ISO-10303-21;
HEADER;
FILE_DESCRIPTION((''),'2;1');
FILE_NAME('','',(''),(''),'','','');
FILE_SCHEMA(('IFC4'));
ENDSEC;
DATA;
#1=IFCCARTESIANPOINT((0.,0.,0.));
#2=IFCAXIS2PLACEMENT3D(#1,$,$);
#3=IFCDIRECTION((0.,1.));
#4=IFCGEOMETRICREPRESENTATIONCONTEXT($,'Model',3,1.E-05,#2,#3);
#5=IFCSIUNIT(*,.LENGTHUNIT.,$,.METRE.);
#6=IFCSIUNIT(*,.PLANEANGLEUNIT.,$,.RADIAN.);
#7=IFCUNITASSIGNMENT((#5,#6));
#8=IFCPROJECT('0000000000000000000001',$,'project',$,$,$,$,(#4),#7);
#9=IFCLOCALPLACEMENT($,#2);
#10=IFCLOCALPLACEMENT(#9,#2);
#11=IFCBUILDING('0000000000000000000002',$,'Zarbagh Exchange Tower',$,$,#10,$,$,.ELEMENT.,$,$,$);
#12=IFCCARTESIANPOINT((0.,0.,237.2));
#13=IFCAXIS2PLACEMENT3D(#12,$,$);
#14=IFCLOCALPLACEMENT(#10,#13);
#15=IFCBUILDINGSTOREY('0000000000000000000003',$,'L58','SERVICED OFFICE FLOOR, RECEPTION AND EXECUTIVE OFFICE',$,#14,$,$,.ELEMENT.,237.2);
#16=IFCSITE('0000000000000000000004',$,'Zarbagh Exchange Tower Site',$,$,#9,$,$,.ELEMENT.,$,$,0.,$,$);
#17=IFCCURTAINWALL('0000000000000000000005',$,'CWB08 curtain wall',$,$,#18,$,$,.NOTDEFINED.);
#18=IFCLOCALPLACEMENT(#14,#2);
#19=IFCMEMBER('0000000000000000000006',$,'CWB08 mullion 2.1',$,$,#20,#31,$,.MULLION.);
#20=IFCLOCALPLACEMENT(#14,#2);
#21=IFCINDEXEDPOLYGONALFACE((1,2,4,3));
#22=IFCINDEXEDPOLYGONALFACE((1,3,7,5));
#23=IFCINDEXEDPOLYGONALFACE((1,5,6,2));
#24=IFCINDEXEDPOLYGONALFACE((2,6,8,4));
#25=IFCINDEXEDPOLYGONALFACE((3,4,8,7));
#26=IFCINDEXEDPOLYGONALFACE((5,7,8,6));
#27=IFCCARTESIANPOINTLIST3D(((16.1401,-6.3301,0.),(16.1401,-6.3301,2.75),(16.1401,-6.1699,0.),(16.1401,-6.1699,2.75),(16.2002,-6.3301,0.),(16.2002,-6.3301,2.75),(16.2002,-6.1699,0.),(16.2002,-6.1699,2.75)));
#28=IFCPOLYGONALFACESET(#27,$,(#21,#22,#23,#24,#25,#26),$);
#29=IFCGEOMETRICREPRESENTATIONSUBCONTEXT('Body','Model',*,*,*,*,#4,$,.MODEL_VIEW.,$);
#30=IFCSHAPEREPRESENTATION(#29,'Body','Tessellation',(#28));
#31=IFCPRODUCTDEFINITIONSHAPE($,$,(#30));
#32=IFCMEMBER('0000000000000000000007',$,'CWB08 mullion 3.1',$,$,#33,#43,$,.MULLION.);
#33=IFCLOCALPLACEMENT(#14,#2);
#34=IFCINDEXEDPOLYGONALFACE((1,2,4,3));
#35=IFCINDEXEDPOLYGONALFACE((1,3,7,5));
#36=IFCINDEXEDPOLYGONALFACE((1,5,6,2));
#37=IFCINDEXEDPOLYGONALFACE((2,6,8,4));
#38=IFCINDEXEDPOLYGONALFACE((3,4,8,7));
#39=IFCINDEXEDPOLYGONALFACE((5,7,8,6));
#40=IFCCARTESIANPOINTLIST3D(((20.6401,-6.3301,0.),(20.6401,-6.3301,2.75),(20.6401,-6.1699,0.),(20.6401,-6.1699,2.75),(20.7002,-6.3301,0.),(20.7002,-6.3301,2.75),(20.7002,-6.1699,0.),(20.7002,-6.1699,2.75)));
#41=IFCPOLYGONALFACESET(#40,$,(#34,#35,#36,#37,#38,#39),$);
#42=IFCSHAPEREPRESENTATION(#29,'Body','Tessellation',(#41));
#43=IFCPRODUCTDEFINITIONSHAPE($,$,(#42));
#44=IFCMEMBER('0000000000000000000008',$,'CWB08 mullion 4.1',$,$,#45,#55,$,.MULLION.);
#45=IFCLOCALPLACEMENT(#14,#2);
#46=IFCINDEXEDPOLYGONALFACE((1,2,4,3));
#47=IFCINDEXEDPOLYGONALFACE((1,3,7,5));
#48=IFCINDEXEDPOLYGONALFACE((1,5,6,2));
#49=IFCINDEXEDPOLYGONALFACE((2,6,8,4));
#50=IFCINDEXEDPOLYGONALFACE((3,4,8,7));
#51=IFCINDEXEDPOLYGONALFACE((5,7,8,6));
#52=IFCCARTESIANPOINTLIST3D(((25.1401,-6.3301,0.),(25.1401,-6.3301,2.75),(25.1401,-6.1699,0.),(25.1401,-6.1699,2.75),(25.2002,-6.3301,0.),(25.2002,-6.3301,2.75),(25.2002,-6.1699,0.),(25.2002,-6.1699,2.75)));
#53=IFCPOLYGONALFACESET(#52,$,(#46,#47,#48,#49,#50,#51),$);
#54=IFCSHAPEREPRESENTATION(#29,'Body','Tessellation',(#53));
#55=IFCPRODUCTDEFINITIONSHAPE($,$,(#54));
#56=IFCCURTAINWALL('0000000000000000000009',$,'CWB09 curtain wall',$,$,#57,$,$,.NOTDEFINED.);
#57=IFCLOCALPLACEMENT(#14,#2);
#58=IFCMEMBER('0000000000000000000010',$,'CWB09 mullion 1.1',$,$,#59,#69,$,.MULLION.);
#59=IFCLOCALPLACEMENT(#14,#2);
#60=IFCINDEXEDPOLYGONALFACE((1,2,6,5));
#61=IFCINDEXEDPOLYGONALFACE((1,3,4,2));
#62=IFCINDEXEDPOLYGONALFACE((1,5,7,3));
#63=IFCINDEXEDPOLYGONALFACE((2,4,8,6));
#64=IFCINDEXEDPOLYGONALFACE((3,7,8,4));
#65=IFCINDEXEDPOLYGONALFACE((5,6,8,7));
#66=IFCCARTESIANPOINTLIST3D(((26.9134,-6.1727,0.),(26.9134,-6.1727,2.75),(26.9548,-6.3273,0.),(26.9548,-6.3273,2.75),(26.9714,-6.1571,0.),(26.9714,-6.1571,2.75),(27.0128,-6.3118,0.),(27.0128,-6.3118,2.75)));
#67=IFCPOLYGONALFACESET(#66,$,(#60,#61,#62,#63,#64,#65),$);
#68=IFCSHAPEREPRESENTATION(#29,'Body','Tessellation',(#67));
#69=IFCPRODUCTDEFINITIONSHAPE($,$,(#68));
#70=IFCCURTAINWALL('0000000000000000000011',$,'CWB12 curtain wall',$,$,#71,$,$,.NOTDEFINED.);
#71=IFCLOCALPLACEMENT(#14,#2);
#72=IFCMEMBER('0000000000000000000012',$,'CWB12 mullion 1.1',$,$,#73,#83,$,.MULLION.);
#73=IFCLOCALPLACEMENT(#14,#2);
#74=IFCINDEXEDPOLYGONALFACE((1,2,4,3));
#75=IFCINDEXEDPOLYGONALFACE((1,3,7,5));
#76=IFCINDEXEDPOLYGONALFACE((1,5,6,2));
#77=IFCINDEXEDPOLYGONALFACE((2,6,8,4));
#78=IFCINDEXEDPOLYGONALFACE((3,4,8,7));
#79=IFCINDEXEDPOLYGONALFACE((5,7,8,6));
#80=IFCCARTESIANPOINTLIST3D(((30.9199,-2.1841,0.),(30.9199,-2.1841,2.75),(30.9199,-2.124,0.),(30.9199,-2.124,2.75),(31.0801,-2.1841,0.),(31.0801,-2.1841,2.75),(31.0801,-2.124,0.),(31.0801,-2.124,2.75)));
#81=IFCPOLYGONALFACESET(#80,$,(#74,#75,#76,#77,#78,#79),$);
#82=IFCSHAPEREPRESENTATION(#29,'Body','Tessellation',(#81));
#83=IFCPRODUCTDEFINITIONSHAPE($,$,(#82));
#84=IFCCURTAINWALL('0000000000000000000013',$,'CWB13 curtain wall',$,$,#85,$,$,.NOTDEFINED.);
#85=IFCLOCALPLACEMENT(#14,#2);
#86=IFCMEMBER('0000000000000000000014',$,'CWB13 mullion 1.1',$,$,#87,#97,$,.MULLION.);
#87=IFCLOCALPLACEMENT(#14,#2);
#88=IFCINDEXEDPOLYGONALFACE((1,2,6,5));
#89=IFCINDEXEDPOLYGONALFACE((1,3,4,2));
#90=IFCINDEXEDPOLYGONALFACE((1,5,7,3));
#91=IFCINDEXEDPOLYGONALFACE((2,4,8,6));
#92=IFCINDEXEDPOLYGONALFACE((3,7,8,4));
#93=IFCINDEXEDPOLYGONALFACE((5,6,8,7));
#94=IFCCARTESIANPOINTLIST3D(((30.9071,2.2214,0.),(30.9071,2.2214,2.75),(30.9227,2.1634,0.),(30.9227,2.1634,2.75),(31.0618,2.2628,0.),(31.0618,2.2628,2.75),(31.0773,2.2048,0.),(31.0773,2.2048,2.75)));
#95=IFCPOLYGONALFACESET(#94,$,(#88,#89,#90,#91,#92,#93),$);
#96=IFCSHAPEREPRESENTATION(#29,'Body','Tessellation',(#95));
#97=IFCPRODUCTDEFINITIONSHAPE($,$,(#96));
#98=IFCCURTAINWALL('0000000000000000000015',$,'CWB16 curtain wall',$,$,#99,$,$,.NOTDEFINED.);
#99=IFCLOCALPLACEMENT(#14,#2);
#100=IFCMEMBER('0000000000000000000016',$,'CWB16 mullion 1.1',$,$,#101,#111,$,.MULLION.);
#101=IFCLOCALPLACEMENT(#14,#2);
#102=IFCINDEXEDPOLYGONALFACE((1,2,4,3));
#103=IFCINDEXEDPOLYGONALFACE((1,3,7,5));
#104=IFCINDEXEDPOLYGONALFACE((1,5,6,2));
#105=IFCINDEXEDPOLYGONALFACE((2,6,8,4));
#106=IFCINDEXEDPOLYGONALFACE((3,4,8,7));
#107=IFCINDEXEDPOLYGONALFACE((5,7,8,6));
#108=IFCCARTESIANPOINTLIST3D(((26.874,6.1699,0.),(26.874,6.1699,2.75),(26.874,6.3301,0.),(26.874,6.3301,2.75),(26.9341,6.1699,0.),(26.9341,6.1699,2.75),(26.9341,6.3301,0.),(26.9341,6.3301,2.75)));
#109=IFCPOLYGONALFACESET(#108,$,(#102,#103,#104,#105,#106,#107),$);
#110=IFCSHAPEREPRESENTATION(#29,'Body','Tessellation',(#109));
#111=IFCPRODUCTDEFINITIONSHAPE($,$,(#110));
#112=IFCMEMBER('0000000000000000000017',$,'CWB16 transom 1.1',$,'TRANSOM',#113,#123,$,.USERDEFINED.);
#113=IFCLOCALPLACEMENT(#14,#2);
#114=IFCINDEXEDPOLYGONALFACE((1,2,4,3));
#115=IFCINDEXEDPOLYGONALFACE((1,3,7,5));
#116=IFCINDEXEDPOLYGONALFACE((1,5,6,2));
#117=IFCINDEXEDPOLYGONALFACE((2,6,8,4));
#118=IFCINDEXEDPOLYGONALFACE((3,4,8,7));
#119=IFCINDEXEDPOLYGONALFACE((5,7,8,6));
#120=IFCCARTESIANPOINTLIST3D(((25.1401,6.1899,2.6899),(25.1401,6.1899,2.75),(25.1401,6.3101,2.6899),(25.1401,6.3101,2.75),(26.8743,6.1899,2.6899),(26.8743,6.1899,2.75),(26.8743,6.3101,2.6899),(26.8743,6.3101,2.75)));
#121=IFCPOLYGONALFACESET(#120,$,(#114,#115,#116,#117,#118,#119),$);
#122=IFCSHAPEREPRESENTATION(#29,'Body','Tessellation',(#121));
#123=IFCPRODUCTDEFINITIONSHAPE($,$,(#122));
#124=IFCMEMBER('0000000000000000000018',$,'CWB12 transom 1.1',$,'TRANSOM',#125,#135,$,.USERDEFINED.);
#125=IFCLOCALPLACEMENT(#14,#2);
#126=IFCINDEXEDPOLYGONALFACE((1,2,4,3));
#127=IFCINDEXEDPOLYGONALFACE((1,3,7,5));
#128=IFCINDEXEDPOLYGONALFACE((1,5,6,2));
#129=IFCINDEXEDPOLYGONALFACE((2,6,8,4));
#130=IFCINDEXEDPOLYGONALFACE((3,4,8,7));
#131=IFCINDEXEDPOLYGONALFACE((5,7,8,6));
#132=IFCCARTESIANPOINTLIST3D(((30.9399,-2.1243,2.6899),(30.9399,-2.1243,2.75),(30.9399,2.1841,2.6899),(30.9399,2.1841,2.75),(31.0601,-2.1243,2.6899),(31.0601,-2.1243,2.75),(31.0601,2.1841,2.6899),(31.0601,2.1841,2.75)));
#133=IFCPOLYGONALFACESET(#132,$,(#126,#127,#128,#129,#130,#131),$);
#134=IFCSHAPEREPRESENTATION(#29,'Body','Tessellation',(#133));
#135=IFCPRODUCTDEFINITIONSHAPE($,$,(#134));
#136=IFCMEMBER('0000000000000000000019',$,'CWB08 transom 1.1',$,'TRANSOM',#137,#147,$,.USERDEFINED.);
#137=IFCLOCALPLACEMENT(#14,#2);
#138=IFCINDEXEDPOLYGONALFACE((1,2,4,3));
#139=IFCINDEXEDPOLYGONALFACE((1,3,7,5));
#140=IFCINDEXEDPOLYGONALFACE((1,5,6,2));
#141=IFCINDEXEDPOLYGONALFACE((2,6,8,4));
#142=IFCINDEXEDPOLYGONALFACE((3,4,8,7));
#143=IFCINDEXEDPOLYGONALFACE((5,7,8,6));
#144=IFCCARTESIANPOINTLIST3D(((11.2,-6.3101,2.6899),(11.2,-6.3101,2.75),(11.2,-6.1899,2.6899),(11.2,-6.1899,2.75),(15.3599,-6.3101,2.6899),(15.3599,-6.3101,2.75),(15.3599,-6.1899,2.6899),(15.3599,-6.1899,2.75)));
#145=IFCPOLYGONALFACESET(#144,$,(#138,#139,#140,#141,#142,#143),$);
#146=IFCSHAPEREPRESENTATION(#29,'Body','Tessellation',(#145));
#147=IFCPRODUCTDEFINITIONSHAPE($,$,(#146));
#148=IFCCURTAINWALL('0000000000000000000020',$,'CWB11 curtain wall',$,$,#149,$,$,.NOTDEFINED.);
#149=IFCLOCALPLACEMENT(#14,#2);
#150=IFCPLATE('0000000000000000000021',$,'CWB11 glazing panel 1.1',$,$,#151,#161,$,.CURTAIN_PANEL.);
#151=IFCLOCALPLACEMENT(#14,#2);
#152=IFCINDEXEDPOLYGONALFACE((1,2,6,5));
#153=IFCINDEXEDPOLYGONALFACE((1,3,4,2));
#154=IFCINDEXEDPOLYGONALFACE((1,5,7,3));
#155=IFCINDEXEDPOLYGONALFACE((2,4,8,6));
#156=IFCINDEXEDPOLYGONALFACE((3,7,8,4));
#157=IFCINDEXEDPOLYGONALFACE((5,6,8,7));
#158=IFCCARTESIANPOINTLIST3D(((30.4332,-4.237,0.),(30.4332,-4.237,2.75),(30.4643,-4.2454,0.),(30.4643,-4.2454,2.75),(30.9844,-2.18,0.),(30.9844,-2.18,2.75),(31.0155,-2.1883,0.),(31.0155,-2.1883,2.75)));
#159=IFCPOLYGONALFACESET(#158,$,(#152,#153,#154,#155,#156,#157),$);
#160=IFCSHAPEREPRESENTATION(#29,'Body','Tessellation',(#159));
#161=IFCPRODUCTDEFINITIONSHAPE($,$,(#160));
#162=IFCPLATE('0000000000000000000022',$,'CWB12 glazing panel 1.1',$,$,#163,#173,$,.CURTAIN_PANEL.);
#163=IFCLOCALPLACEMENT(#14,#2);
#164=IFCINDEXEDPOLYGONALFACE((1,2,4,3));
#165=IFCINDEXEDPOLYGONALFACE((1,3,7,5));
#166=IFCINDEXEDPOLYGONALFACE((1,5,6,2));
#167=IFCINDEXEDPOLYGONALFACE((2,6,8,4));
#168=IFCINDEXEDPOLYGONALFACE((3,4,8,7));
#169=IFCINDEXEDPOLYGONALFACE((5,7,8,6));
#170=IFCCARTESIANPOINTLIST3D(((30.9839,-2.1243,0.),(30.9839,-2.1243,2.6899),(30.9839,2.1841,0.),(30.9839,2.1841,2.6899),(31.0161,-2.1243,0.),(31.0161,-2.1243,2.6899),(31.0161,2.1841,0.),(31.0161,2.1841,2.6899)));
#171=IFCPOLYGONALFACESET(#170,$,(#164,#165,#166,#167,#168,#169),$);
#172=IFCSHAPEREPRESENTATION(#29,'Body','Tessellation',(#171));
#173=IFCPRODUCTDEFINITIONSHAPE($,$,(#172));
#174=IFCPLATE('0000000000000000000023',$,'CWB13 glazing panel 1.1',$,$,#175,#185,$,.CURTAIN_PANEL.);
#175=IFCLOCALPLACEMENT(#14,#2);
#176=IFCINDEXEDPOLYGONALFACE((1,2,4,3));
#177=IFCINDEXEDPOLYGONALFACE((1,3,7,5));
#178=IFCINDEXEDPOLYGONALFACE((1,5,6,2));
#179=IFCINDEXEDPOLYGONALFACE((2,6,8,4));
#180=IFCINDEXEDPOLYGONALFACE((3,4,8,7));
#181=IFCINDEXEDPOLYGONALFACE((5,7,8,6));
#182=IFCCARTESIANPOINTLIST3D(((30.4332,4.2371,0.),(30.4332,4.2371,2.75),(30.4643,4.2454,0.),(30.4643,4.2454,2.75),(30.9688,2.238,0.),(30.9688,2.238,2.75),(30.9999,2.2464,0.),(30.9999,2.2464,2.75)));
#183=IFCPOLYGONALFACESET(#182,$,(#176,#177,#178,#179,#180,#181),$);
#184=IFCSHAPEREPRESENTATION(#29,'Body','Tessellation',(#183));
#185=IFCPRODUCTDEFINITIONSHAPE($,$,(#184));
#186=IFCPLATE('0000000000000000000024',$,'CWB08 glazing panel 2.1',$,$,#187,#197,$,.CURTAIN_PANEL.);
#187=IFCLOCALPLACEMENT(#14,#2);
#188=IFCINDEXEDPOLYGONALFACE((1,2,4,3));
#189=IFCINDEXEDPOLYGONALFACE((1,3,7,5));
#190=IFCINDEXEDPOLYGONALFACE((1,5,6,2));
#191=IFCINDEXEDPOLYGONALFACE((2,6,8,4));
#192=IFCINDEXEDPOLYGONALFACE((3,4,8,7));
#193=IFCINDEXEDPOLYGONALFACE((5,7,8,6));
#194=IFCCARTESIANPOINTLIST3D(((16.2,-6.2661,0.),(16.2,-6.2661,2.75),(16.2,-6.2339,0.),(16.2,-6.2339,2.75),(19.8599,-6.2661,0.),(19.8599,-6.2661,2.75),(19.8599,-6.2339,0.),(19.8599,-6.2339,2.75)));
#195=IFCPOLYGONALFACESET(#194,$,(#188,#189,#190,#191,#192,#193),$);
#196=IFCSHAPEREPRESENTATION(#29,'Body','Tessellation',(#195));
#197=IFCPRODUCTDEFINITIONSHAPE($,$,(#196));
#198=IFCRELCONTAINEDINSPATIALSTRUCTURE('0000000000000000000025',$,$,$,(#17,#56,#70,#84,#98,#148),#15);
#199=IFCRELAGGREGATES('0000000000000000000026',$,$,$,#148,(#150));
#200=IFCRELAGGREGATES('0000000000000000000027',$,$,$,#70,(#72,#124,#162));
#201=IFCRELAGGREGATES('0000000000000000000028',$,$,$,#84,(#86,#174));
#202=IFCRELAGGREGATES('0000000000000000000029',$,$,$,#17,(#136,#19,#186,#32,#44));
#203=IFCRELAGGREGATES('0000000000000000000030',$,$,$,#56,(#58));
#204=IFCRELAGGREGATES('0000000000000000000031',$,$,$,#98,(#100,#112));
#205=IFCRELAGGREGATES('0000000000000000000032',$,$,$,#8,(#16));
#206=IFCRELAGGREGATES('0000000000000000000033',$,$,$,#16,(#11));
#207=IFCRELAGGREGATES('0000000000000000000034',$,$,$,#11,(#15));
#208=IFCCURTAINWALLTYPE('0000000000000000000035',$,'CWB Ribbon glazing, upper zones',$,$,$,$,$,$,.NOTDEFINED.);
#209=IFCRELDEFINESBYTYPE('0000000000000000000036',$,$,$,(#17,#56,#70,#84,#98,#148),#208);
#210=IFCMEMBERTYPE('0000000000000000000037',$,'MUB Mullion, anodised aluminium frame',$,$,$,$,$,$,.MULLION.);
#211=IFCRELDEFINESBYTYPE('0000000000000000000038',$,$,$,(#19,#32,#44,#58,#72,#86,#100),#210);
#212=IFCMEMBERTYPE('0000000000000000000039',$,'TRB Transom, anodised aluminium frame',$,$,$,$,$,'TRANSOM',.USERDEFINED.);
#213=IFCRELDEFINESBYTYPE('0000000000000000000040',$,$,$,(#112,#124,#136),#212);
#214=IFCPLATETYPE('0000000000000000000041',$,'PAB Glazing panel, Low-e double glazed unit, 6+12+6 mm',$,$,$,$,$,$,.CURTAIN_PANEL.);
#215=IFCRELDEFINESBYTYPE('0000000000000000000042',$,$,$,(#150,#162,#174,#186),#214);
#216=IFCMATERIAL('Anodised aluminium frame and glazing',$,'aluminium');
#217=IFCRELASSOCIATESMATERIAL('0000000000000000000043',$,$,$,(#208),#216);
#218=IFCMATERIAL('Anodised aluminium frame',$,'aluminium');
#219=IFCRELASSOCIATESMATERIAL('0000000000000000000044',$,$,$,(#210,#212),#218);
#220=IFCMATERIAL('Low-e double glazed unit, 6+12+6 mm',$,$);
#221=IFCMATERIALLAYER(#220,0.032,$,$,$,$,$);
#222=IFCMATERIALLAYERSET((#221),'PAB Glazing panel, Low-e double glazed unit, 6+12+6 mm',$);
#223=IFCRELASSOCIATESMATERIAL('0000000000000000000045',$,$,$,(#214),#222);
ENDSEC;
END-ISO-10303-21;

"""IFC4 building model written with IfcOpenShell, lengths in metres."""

from ifc_helpers import new_model, si_unit, direction, frame, origin, place, context, subcontext, project, spatial, polyline, outline, extrude, source, transform, mapped, material, layer, layer_set, type_object, element, aggregate, save


model = new_model("IFC4")

# Units and contexts
model_context = context("Model", 3, precision=1e-05, world=origin(), true_north=direction((0.0, 1.0)))
body_context = subcontext(model_context, "Body", "Model", "MODEL_VIEW")
ifc_project = project(units=[si_unit("LENGTHUNIT", "METRE"), si_unit("PLANEANGLEUNIT", "RADIAN")], contexts=[model_context])

# Site, building, storey
site_placement = place(None, origin())
site = spatial("IfcSite", under=ifc_project, at=site_placement, Name="Zarbagh Exchange Tower Site", CompositionType="ELEMENT", RefElevation=0.0)
building_placement = place(site_placement, origin())
building = spatial("IfcBuilding", under=site, at=building_placement, Name="Zarbagh Exchange Tower", CompositionType="ELEMENT")
storey_placement = place(building_placement, frame((0.0, 0.0, 237.2)))
storey = spatial("IfcBuildingStorey", under=building, at=storey_placement, Name="L58", Description="SERVICED OFFICE FLOOR, RECEPTION AND EXECUTIVE OFFICE", CompositionType="ELEMENT", Elevation=237.2)

# Curtain wall, members
ifc_material_1 = material(Name="Anodised aluminium frame and glazing", Category="aluminium")
curtain_wall_type = type_object("IfcCurtainWallType", Name="CWB Ribbon glazing, upper zones", PredefinedType="NOTDEFINED", material=ifc_material_1)
curtain_wall_1_placement = place(storey_placement, origin())
curtain_wall_1 = element("IfcCurtainWall", 1, at=curtain_wall_1_placement, inside=storey, type_object=curtain_wall_type, Name="CWB08 curtain wall", PredefinedType="NOTDEFINED")
ifc_material_2 = material(Name="Anodised aluminium frame", Category="aluminium")
member_type_1 = type_object("IfcMemberType", Name="MUB Mullion, anodised aluminium frame", PredefinedType="MULLION", material=ifc_material_2)
shared_shape_1 = source(origin(), body_context, "Body", "SweptSolid", [
    extrude(outline(polyline([(0.0, -0.0801), (0.0601, -0.0801), (0.0601, 0.0801), (0.0, 0.0801), (0.0, -0.0801)])), origin(), (0.0, 0.0, 1.0), 2.75),
])
placement = place(storey_placement, origin())
member_1 = element("IfcMember", 2, at=placement, type_object=member_type_1, Name="CWB08 mullion 2.1", PredefinedType="MULLION", context=body_context, shape_type="MappedRepresentation", body=[
    mapped(shared_shape_1, transform((16.1401, -6.25, 0.0), x_axis=(1.0, 0.0, 0.0), y_axis=(0.0, 1.0, 0.0), z_axis=(0.0, 0.0, 1.0))),
])
member_2 = element("IfcMember", 3, at=placement, type_object=member_type_1, Name="CWB08 mullion 3.1", PredefinedType="MULLION", context=body_context, shape_type="MappedRepresentation", body=[
    mapped(shared_shape_1, transform((20.6401, -6.25, 0.0), x_axis=(1.0, 0.0, 0.0), y_axis=(0.0, 1.0, 0.0), z_axis=(0.0, 0.0, 1.0))),
])
member_3 = element("IfcMember", 4, at=placement, type_object=member_type_1, Name="CWB08 mullion 4.1", PredefinedType="MULLION", context=body_context, shape_type="MappedRepresentation", body=[
    mapped(shared_shape_1, transform((25.1401, -6.25, 0.0), x_axis=(1.0, 0.0, 0.0), y_axis=(0.0, 1.0, 0.0), z_axis=(0.0, 0.0, 1.0))),
])

# Curtain walls, members
curtain_wall_2_placement = place(storey_placement, origin())
curtain_wall_2 = element("IfcCurtainWall", 5, at=curtain_wall_2_placement, inside=storey, type_object=curtain_wall_type, Name="CWB09 curtain wall", PredefinedType="NOTDEFINED")
member_4 = element("IfcMember", 6, at=placement, type_object=member_type_1, Name="CWB09 mullion 1.1", PredefinedType="MULLION", context=body_context, shape_type="MappedRepresentation", body=[
    mapped(shared_shape_1, transform((26.9341, -6.25, 0.0), x_axis=(0.965924, 0.258825, 0.0), y_axis=(-0.258825, 0.965924, 0.0), z_axis=(0.0, 0.0, 1.0))),
])
curtain_wall_3_placement = place(storey_placement, origin())
curtain_wall_3 = element("IfcCurtainWall", 7, at=curtain_wall_3_placement, inside=storey, type_object=curtain_wall_type, Name="CWB12 curtain wall", PredefinedType="NOTDEFINED")
member_5 = element("IfcMember", 8, at=placement, type_object=member_type_1, Name="CWB12 mullion 1.1", PredefinedType="MULLION", context=body_context, shape_type="MappedRepresentation", body=[
    mapped(shared_shape_1, transform((31.0, -2.1841, 0.0), x_axis=(0.0, 1.0, 0.0), y_axis=(-1.0, 0.0, 0.0), z_axis=(0.0, 0.0, 1.0))),
])
curtain_wall_4_placement = place(storey_placement, origin())
curtain_wall_4 = element("IfcCurtainWall", 9, at=curtain_wall_4_placement, inside=storey, type_object=curtain_wall_type, Name="CWB13 curtain wall", PredefinedType="NOTDEFINED")
member_6 = element("IfcMember", 10, at=placement, type_object=member_type_1, Name="CWB13 mullion 1.1", PredefinedType="MULLION", context=body_context, shape_type="MappedRepresentation", body=[
    mapped(shared_shape_1, transform((31.0, 2.1841, 0.0), x_axis=(-0.258825, 0.965924, 0.0), y_axis=(-0.965924, -0.258825, 0.0), z_axis=(0.0, 0.0, 1.0))),
])

# Curtain wall, members
curtain_wall_5_placement = place(storey_placement, origin())
curtain_wall_5 = element("IfcCurtainWall", 11, at=curtain_wall_5_placement, inside=storey, type_object=curtain_wall_type, Name="CWB16 curtain wall", PredefinedType="NOTDEFINED")
member_7 = element("IfcMember", 12, at=placement, type_object=member_type_1, Name="CWB16 mullion 1.1", PredefinedType="MULLION", context=body_context, shape_type="MappedRepresentation", body=[
    mapped(shared_shape_1, transform((26.9341, 6.25, 0.0), x_axis=(-1.0, 0.0, 0.0), y_axis=(0.0, -1.0, 0.0), z_axis=(0.0, 0.0, 1.0))),
])
member_type_2 = type_object("IfcMemberType", Name="TRB Transom, anodised aluminium frame", ElementType="TRANSOM", PredefinedType="USERDEFINED", material=ifc_material_2)
shared_shape_2 = source(origin(), body_context, "Body", "SweptSolid", [
    extrude(outline(polyline([(-0.0601, -0.0601), (0.0, -0.0601), (0.0, 0.0601), (-0.0601, 0.0601), (-0.0601, -0.0601)])), origin(), (0.0, 0.0, 1.0), 1.7341),
])
member_8 = element("IfcMember", 13, at=placement, type_object=member_type_2, Name="CWB16 transom 1.1", ObjectType="TRANSOM", PredefinedType="USERDEFINED", context=body_context, shape_type="MappedRepresentation", body=[
    mapped(shared_shape_2, transform((26.8743, 6.25, 2.75), x_axis=(0.0, 0.0, 1.0), y_axis=(0.0, 1.0, 0.0), z_axis=(-1.0, 0.0, 0.0))),
])

# Members
shared_shape_3 = source(origin(), body_context, "Body", "SweptSolid", [
    extrude(outline(polyline([(-0.0601, -0.0601), (0.0, -0.0601), (0.0, 0.0601), (-0.0601, 0.0601), (-0.0601, -0.0601)])), origin(), (0.0, 0.0, 1.0), 4.3083),
])
member_9 = element("IfcMember", 14, at=placement, type_object=member_type_2, Name="CWB12 transom 1.1", ObjectType="TRANSOM", PredefinedType="USERDEFINED", context=body_context, shape_type="MappedRepresentation", body=[
    mapped(shared_shape_3, transform((31.0, -2.1243, 2.75), x_axis=(0.0, 0.0, 1.0), y_axis=(1.0, 0.0, 0.0), z_axis=(0.0, 1.0, 0.0))),
])
shared_shape_4 = source(origin(), body_context, "Body", "SweptSolid", [
    extrude(outline(polyline([(-0.0601, -0.0601), (0.0, -0.0601), (0.0, 0.0601), (-0.0601, 0.0601), (-0.0601, -0.0601)])), origin(), (0.0, 0.0, 1.0), 4.1599),
])
member_10 = element("IfcMember", 15, at=placement, type_object=member_type_2, Name="CWB08 transom 1.1", ObjectType="TRANSOM", PredefinedType="USERDEFINED", context=body_context, shape_type="MappedRepresentation", body=[
    mapped(shared_shape_4, transform((11.2, -6.25, 2.75), x_axis=(0.0, 0.0, 1.0), y_axis=(0.0, -1.0, 0.0), z_axis=(1.0, 0.0, 0.0))),
])

# Curtain wall, plate
curtain_wall_6_placement = place(storey_placement, origin())
curtain_wall_6 = element("IfcCurtainWall", 16, at=curtain_wall_6_placement, inside=storey, type_object=curtain_wall_type, Name="CWB11 curtain wall", PredefinedType="NOTDEFINED")
ifc_material_3 = material(Name="Low-e double glazed unit, 6+12+6 mm")
ifc_layer = layer(ifc_material_3, 0.032)
ifc_layer_set = layer_set([ifc_layer], Name="PAB Glazing panel, Low-e double glazed unit, 6+12+6 mm")
plate_type = type_object("IfcPlateType", Name="PAB Glazing panel, Low-e double glazed unit, 6+12+6 mm", PredefinedType="CURTAIN_PANEL", material=ifc_layer_set)
shared_shape_5 = source(origin(), body_context, "Body", "SweptSolid", [
    extrude(outline(polyline([(0.0, -0.0161), (2.1296, -0.0161), (2.1296, 0.0161), (0.0, 0.0161), (0.0, -0.0161)])), origin(), (0.0, 0.0, 1.0), 2.75),
])
plate_1 = element("IfcPlate", 17, at=placement, type_object=plate_type, Name="CWB11 glazing panel 1.1", PredefinedType="CURTAIN_PANEL", context=body_context, shape_type="MappedRepresentation", body=[
    mapped(shared_shape_5, transform((30.4487, -4.2412, 0.0), x_axis=(0.258825, 0.965924, 0.0), y_axis=(-0.965924, 0.258825, 0.0), z_axis=(0.0, 0.0, 1.0))),
])
aggregate(curtain_wall_6, [plate_1])

# Plates
shared_shape_6 = source(origin(), body_context, "Body", "SweptSolid", [
    extrude(outline(polyline([(0.0, -0.0161), (4.3083, -0.0161), (4.3083, 0.0161), (0.0, 0.0161), (0.0, -0.0161)])), origin(), (0.0, 0.0, 1.0), 2.6899),
])
plate_2 = element("IfcPlate", 18, at=placement, type_object=plate_type, Name="CWB12 glazing panel 1.1", PredefinedType="CURTAIN_PANEL", context=body_context, shape_type="MappedRepresentation", body=[
    mapped(shared_shape_6, transform((31.0, -2.1243, 0.0), x_axis=(0.0, 1.0, 0.0), y_axis=(-1.0, 0.0, 0.0), z_axis=(0.0, 0.0, 1.0))),
])
aggregate(curtain_wall_3, [member_5, member_9, plate_2])
shared_shape_7 = source(origin(), body_context, "Body", "SweptSolid", [
    extrude(outline(polyline([(0.0, -0.0161), (2.0696, -0.0161), (2.0696, 0.0161), (0.0, 0.0161), (0.0, -0.0161)])), origin(), (0.0, 0.0, 1.0), 2.75),
])
plate_3 = element("IfcPlate", 19, at=placement, type_object=plate_type, Name="CWB13 glazing panel 1.1", PredefinedType="CURTAIN_PANEL", context=body_context, shape_type="MappedRepresentation", body=[
    mapped(shared_shape_7, transform((30.9844, 2.2422, 0.0), x_axis=(-0.258825, 0.965924, 0.0), y_axis=(-0.965924, -0.258825, 0.0), z_axis=(0.0, 0.0, 1.0))),
])
aggregate(curtain_wall_4, [member_6, plate_3])
shared_shape_8 = source(origin(), body_context, "Body", "SweptSolid", [
    extrude(outline(polyline([(0.0, -0.0161), (3.6599, -0.0161), (3.6599, 0.0161), (0.0, 0.0161), (0.0, -0.0161)])), origin(), (0.0, 0.0, 1.0), 2.75),
])
plate_4 = element("IfcPlate", 20, at=placement, type_object=plate_type, Name="CWB08 glazing panel 2.1", PredefinedType="CURTAIN_PANEL", context=body_context, shape_type="MappedRepresentation", body=[
    mapped(shared_shape_8, transform((16.2, -6.25, 0.0), x_axis=(1.0, 0.0, 0.0), y_axis=(0.0, 1.0, 0.0), z_axis=(0.0, 0.0, 1.0))),
])
aggregate(curtain_wall_1, [member_10, member_1, plate_4, member_2, member_3])
aggregate(curtain_wall_2, [member_4])

aggregate(curtain_wall_5, [member_7, member_8])

save(model, "model.ifc")
